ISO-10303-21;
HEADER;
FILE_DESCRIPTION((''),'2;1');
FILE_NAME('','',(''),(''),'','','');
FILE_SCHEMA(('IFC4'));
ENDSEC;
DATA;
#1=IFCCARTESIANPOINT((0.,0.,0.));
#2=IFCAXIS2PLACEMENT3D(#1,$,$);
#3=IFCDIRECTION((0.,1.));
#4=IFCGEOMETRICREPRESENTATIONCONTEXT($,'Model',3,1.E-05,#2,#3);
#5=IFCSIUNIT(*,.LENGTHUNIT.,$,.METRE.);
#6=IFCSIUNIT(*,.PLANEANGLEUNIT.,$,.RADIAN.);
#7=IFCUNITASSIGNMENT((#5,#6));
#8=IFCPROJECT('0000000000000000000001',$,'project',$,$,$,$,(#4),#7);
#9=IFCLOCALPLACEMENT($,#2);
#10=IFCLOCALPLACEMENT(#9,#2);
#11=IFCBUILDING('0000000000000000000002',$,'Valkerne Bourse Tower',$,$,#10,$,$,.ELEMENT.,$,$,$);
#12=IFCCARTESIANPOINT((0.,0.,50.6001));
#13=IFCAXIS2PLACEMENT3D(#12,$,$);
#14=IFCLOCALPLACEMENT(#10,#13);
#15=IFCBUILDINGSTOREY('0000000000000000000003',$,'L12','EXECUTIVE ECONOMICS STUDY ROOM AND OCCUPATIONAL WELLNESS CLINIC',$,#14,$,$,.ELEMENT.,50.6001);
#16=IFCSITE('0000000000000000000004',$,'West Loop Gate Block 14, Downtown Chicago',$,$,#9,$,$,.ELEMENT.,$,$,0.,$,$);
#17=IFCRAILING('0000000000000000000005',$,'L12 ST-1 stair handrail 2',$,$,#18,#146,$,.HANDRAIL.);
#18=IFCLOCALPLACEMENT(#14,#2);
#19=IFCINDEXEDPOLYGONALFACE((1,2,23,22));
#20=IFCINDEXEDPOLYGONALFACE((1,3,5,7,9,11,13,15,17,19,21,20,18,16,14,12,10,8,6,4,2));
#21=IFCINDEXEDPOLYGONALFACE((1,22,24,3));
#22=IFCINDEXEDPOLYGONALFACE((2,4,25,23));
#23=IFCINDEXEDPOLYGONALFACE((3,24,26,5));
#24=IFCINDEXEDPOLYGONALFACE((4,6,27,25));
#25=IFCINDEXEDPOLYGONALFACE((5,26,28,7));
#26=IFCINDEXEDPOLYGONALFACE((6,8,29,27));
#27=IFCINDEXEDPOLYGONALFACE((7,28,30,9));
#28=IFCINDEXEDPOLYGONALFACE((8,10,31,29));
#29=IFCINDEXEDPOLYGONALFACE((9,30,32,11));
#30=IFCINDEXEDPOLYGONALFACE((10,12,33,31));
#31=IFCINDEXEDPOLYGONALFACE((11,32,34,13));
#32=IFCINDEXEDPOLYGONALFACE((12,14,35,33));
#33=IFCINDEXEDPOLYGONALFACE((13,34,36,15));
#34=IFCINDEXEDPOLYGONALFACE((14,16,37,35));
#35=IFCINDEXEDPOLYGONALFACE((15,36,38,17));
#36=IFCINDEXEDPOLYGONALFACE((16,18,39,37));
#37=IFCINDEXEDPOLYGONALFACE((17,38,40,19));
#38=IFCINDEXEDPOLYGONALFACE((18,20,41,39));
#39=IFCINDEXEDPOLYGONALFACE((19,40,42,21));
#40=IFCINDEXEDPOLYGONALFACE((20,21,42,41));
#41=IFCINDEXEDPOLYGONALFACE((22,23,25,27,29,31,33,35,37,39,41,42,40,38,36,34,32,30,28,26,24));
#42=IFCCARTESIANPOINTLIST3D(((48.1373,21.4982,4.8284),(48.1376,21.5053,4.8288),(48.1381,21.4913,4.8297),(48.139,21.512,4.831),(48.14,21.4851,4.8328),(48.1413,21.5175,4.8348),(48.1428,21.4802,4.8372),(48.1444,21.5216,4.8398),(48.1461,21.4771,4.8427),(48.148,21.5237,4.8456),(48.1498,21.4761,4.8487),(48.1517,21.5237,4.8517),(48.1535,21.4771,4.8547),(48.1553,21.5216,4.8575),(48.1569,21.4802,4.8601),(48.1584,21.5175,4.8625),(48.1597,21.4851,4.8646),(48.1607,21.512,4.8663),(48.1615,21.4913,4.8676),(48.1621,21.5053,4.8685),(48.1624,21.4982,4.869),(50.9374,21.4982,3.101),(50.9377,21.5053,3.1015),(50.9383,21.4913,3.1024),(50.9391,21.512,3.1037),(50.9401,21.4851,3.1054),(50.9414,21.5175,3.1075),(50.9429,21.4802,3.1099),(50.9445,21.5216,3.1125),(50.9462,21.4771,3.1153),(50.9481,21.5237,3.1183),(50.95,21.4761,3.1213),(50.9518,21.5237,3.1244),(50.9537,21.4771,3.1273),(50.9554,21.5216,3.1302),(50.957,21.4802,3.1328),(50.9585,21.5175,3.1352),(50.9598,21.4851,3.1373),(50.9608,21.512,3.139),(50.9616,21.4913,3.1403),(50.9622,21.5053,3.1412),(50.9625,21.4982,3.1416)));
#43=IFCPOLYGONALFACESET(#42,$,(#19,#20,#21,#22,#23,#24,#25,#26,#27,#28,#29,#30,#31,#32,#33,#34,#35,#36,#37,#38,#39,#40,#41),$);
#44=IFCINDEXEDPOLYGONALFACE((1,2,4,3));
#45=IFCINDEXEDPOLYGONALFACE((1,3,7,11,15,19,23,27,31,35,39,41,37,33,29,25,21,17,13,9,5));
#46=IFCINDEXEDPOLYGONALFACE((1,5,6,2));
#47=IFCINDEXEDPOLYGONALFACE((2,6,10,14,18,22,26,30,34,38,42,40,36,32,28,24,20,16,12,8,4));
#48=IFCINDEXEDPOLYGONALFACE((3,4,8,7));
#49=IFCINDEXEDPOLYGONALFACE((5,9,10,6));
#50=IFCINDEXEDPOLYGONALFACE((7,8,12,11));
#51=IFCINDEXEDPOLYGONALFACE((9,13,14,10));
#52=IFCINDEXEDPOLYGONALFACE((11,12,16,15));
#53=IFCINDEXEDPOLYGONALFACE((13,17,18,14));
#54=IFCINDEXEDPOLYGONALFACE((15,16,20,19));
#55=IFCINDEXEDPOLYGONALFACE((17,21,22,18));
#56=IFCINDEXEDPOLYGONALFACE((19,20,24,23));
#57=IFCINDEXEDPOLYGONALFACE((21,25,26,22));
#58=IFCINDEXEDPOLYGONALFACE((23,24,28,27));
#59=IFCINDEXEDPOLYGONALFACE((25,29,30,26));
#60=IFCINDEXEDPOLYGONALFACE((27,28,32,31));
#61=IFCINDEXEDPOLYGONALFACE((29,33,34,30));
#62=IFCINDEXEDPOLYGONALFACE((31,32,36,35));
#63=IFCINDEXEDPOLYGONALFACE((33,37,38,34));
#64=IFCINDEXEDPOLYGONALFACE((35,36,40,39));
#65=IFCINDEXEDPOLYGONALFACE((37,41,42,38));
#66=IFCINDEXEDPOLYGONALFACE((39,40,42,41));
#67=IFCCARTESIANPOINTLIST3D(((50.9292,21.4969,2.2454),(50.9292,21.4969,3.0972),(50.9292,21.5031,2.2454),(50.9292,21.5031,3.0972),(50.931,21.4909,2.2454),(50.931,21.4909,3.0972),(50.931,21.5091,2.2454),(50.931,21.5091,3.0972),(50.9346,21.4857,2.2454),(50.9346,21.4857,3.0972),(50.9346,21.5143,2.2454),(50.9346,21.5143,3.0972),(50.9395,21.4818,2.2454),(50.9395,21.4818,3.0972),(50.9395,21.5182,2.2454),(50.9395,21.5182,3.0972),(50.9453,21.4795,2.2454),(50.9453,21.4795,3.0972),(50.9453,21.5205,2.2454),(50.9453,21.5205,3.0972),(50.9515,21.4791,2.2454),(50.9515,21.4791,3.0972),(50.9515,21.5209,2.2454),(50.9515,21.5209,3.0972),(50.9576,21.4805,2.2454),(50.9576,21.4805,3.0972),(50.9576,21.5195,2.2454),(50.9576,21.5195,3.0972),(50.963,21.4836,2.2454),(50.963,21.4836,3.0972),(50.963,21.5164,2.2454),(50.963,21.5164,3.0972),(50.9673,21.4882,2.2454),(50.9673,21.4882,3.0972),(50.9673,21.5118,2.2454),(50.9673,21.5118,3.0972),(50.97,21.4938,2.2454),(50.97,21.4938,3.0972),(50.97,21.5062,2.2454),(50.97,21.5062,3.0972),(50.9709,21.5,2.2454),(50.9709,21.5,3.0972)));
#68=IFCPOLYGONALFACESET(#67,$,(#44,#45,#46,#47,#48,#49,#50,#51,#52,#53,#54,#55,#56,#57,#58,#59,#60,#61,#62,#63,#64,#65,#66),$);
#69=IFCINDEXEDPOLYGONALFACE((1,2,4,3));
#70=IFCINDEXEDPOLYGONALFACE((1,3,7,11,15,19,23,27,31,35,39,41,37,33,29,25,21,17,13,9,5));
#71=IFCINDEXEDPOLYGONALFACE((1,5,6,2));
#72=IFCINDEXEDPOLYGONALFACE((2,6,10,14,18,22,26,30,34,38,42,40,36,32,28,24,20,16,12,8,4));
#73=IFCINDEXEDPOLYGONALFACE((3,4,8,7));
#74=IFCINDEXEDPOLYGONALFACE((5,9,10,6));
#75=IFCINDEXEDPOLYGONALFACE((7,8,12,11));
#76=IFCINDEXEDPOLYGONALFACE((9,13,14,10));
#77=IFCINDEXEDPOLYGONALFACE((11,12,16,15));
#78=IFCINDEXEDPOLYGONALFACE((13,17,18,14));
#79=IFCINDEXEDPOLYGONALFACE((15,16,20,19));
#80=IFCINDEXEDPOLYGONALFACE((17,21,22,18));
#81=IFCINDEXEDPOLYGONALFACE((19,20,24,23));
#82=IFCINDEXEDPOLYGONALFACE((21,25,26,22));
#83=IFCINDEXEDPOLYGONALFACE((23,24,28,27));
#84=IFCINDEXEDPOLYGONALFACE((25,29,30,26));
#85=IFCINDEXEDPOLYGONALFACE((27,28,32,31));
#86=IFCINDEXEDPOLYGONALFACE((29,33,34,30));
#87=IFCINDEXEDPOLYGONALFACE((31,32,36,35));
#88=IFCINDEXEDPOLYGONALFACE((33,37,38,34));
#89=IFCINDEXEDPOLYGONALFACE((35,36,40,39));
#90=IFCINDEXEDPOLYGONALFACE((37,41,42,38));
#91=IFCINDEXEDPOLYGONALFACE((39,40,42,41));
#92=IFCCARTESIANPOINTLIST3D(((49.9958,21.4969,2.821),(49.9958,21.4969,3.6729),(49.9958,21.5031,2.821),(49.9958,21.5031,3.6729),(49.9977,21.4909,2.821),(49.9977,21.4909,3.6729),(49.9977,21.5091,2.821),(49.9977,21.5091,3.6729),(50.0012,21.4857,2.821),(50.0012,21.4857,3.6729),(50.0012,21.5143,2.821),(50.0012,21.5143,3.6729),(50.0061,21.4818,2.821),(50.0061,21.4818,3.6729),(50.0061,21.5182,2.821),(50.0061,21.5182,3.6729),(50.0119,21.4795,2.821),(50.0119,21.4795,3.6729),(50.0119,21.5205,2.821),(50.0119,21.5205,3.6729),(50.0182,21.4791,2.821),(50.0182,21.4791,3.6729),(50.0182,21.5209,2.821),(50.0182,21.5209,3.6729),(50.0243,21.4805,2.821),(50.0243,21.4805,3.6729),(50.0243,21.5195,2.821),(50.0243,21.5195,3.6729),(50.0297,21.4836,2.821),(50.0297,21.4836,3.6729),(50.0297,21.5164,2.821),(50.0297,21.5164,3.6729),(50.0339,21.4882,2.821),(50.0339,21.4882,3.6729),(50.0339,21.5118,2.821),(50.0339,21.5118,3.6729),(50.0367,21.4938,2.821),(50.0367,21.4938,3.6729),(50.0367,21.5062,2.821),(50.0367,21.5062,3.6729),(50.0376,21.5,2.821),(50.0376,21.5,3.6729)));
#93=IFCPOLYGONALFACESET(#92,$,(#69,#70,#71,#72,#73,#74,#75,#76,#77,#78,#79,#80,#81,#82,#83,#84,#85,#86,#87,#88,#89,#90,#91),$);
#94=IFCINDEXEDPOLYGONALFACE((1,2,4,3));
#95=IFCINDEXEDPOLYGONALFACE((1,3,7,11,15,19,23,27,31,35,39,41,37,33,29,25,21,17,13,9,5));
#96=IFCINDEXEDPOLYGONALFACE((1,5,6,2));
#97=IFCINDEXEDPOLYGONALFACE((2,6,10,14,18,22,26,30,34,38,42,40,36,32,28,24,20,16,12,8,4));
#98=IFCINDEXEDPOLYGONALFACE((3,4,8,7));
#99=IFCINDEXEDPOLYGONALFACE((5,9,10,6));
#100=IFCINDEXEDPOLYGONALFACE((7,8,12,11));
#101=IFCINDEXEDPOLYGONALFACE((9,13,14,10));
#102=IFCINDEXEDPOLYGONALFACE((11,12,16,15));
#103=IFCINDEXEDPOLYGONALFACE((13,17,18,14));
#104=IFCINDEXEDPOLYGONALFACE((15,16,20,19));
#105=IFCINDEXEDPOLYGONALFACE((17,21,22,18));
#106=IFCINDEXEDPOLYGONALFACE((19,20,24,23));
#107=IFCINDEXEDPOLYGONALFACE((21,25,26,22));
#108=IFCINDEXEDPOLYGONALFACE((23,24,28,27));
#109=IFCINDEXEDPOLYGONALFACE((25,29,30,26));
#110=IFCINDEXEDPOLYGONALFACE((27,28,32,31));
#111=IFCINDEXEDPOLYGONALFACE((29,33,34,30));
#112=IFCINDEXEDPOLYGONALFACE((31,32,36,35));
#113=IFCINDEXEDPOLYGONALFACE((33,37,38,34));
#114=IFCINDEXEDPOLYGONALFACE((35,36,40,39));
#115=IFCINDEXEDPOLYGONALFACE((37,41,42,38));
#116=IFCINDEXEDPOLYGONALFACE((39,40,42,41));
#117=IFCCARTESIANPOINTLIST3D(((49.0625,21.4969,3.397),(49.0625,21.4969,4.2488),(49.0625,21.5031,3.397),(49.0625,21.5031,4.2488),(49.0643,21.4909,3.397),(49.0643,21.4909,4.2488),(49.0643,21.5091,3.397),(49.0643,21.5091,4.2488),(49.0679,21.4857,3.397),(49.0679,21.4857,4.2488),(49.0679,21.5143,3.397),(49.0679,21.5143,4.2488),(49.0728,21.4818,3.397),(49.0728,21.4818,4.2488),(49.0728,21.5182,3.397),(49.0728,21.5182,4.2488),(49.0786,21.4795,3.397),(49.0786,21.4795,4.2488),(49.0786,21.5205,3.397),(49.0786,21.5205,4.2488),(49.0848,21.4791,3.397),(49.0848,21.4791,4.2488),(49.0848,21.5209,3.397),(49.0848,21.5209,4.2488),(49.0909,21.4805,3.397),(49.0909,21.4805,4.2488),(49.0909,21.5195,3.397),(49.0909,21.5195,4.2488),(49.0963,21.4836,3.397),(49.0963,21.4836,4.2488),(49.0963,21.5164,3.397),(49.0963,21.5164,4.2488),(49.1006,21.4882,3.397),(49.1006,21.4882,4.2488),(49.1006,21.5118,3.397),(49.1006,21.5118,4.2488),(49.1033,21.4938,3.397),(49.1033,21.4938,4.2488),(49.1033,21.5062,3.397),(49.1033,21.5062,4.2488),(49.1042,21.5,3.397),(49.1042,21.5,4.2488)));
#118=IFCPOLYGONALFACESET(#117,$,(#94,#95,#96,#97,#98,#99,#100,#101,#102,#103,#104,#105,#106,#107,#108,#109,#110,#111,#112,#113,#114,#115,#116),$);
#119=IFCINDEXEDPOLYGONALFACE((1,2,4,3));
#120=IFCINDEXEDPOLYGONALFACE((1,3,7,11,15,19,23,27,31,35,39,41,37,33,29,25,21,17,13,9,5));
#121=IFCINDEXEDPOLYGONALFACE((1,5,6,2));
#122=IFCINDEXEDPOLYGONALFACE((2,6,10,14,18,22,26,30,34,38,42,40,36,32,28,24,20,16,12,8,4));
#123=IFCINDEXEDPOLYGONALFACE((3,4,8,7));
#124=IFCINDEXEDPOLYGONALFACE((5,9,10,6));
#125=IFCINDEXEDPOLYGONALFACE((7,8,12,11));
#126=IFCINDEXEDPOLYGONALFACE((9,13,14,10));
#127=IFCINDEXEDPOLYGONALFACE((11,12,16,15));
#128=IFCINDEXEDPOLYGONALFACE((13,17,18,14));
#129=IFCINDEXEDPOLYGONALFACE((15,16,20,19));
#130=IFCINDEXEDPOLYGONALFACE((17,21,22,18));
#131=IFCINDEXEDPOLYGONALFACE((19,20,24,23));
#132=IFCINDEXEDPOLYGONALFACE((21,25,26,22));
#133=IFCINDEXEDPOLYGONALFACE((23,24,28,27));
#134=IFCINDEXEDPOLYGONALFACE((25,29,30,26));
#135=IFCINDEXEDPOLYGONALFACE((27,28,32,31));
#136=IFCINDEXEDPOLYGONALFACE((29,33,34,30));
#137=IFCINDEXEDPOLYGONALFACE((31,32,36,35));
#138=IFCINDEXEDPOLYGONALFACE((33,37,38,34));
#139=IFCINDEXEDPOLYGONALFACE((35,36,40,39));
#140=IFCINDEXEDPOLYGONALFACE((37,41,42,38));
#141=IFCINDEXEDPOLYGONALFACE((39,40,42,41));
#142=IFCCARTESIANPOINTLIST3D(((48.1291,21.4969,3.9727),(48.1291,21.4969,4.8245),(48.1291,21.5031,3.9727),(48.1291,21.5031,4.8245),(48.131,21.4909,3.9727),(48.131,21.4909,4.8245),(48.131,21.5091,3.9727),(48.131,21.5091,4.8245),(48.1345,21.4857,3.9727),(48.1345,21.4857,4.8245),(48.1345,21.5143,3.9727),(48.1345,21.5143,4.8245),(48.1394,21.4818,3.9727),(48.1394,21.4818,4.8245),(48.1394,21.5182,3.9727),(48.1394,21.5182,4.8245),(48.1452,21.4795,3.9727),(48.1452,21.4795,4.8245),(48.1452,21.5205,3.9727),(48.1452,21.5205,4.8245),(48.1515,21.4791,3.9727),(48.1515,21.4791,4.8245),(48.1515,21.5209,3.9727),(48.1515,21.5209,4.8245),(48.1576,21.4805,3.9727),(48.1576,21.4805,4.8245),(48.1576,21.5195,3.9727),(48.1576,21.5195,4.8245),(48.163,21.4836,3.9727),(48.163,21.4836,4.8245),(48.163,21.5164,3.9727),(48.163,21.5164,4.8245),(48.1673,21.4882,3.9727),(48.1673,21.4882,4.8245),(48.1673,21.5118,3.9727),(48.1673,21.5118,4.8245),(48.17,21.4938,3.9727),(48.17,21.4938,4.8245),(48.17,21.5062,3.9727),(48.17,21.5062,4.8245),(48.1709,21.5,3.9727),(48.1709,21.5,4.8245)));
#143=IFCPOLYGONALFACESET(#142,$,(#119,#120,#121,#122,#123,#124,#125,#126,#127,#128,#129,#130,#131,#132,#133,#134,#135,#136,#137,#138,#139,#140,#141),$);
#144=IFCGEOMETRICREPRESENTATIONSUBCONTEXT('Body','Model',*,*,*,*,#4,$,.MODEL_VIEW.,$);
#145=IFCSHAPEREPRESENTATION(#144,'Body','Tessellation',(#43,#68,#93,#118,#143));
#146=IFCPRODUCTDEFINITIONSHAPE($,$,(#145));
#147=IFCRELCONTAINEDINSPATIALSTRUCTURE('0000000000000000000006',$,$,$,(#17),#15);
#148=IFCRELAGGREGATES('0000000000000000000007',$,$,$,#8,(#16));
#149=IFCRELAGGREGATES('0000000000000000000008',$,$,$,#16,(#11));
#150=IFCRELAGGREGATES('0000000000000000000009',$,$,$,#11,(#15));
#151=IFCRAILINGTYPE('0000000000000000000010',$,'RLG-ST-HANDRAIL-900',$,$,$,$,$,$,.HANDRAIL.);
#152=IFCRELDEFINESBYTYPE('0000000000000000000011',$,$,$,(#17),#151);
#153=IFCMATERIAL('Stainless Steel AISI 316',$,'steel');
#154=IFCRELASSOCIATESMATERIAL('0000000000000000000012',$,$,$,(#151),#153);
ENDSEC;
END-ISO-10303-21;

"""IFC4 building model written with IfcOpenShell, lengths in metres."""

from ifc_helpers import new_model, si_unit, direction, frame, origin, origin_2d, place, context, subcontext, project, spatial, circle, extrude, material, type_object, element, save


model = new_model("IFC4")

# Units and contexts
model_context = context("Model", 3, precision=1e-05, world=origin(), true_north=direction((0.0, 1.0)))
body_context = subcontext(model_context, "Body", "Model", "MODEL_VIEW")
ifc_project = project(units=[si_unit("LENGTHUNIT", "METRE"), si_unit("PLANEANGLEUNIT", "RADIAN")], contexts=[model_context])

# Site, building, storey
site_placement = place(None, origin())
site = spatial("IfcSite", under=ifc_project, at=site_placement, Name="West Loop Gate Block 14, Downtown Chicago", CompositionType="ELEMENT", RefElevation=0.0)
building_placement = place(site_placement, origin())
building = spatial("IfcBuilding", under=site, at=building_placement, Name="Valkerne Bourse Tower", CompositionType="ELEMENT")
storey_placement = place(building_placement, frame((0.0, 0.0, 50.6001)))
storey = spatial("IfcBuildingStorey", under=building, at=storey_placement, Name="L12", Description="EXECUTIVE ECONOMICS STUDY ROOM AND OCCUPATIONAL WELLNESS CLINIC", CompositionType="ELEMENT", Elevation=50.6001)

# Shared definitions
ifc_material_1 = material(Name="Stainless Steel AISI 316", Category="steel")

# Railing
railing_type_1 = type_object("IfcRailingType", Name="RLG-ST-HANDRAIL-900", PredefinedType="HANDRAIL", material=ifc_material_1)
railing_1_placement = place(storey_placement, frame((50.95, 21.5, 2.2454)))
element("IfcRailing", 1, at=railing_1_placement, inside=storey, type_object=railing_type_1, Name="L12 ST-1 stair handrail 2", PredefinedType="HANDRAIL", context=body_context, shape_type="SweptSolid", body=[
    extrude(circle(Radius=0.0239, at=origin_2d()), frame((0.0, 0.0, 0.876), z_axis=(-0.85109, 0.0, 0.52502), x_axis=(0.0, -1.0, 0.0)), (0.0, 0.0, 1.0), 3.29),
    extrude(circle(Radius=0.021, at=origin_2d()), origin(), (0.0, 0.0, 1.0), 0.8518),
    extrude(circle(Radius=0.021, at=origin_2d()), frame((-0.9333, 0.0, 0.5757)), (0.0, 0.0, 1.0), 0.8518),
    extrude(circle(Radius=0.021, at=origin_2d()), frame((-1.8667, 0.0, 1.1516)), (0.0, 0.0, 1.0), 0.8518),
    extrude(circle(Radius=0.021, at=origin_2d()), frame((-2.8, 0.0, 1.7273)), (0.0, 0.0, 1.0), 0.8518),
])

save(model, "model.ifc")
